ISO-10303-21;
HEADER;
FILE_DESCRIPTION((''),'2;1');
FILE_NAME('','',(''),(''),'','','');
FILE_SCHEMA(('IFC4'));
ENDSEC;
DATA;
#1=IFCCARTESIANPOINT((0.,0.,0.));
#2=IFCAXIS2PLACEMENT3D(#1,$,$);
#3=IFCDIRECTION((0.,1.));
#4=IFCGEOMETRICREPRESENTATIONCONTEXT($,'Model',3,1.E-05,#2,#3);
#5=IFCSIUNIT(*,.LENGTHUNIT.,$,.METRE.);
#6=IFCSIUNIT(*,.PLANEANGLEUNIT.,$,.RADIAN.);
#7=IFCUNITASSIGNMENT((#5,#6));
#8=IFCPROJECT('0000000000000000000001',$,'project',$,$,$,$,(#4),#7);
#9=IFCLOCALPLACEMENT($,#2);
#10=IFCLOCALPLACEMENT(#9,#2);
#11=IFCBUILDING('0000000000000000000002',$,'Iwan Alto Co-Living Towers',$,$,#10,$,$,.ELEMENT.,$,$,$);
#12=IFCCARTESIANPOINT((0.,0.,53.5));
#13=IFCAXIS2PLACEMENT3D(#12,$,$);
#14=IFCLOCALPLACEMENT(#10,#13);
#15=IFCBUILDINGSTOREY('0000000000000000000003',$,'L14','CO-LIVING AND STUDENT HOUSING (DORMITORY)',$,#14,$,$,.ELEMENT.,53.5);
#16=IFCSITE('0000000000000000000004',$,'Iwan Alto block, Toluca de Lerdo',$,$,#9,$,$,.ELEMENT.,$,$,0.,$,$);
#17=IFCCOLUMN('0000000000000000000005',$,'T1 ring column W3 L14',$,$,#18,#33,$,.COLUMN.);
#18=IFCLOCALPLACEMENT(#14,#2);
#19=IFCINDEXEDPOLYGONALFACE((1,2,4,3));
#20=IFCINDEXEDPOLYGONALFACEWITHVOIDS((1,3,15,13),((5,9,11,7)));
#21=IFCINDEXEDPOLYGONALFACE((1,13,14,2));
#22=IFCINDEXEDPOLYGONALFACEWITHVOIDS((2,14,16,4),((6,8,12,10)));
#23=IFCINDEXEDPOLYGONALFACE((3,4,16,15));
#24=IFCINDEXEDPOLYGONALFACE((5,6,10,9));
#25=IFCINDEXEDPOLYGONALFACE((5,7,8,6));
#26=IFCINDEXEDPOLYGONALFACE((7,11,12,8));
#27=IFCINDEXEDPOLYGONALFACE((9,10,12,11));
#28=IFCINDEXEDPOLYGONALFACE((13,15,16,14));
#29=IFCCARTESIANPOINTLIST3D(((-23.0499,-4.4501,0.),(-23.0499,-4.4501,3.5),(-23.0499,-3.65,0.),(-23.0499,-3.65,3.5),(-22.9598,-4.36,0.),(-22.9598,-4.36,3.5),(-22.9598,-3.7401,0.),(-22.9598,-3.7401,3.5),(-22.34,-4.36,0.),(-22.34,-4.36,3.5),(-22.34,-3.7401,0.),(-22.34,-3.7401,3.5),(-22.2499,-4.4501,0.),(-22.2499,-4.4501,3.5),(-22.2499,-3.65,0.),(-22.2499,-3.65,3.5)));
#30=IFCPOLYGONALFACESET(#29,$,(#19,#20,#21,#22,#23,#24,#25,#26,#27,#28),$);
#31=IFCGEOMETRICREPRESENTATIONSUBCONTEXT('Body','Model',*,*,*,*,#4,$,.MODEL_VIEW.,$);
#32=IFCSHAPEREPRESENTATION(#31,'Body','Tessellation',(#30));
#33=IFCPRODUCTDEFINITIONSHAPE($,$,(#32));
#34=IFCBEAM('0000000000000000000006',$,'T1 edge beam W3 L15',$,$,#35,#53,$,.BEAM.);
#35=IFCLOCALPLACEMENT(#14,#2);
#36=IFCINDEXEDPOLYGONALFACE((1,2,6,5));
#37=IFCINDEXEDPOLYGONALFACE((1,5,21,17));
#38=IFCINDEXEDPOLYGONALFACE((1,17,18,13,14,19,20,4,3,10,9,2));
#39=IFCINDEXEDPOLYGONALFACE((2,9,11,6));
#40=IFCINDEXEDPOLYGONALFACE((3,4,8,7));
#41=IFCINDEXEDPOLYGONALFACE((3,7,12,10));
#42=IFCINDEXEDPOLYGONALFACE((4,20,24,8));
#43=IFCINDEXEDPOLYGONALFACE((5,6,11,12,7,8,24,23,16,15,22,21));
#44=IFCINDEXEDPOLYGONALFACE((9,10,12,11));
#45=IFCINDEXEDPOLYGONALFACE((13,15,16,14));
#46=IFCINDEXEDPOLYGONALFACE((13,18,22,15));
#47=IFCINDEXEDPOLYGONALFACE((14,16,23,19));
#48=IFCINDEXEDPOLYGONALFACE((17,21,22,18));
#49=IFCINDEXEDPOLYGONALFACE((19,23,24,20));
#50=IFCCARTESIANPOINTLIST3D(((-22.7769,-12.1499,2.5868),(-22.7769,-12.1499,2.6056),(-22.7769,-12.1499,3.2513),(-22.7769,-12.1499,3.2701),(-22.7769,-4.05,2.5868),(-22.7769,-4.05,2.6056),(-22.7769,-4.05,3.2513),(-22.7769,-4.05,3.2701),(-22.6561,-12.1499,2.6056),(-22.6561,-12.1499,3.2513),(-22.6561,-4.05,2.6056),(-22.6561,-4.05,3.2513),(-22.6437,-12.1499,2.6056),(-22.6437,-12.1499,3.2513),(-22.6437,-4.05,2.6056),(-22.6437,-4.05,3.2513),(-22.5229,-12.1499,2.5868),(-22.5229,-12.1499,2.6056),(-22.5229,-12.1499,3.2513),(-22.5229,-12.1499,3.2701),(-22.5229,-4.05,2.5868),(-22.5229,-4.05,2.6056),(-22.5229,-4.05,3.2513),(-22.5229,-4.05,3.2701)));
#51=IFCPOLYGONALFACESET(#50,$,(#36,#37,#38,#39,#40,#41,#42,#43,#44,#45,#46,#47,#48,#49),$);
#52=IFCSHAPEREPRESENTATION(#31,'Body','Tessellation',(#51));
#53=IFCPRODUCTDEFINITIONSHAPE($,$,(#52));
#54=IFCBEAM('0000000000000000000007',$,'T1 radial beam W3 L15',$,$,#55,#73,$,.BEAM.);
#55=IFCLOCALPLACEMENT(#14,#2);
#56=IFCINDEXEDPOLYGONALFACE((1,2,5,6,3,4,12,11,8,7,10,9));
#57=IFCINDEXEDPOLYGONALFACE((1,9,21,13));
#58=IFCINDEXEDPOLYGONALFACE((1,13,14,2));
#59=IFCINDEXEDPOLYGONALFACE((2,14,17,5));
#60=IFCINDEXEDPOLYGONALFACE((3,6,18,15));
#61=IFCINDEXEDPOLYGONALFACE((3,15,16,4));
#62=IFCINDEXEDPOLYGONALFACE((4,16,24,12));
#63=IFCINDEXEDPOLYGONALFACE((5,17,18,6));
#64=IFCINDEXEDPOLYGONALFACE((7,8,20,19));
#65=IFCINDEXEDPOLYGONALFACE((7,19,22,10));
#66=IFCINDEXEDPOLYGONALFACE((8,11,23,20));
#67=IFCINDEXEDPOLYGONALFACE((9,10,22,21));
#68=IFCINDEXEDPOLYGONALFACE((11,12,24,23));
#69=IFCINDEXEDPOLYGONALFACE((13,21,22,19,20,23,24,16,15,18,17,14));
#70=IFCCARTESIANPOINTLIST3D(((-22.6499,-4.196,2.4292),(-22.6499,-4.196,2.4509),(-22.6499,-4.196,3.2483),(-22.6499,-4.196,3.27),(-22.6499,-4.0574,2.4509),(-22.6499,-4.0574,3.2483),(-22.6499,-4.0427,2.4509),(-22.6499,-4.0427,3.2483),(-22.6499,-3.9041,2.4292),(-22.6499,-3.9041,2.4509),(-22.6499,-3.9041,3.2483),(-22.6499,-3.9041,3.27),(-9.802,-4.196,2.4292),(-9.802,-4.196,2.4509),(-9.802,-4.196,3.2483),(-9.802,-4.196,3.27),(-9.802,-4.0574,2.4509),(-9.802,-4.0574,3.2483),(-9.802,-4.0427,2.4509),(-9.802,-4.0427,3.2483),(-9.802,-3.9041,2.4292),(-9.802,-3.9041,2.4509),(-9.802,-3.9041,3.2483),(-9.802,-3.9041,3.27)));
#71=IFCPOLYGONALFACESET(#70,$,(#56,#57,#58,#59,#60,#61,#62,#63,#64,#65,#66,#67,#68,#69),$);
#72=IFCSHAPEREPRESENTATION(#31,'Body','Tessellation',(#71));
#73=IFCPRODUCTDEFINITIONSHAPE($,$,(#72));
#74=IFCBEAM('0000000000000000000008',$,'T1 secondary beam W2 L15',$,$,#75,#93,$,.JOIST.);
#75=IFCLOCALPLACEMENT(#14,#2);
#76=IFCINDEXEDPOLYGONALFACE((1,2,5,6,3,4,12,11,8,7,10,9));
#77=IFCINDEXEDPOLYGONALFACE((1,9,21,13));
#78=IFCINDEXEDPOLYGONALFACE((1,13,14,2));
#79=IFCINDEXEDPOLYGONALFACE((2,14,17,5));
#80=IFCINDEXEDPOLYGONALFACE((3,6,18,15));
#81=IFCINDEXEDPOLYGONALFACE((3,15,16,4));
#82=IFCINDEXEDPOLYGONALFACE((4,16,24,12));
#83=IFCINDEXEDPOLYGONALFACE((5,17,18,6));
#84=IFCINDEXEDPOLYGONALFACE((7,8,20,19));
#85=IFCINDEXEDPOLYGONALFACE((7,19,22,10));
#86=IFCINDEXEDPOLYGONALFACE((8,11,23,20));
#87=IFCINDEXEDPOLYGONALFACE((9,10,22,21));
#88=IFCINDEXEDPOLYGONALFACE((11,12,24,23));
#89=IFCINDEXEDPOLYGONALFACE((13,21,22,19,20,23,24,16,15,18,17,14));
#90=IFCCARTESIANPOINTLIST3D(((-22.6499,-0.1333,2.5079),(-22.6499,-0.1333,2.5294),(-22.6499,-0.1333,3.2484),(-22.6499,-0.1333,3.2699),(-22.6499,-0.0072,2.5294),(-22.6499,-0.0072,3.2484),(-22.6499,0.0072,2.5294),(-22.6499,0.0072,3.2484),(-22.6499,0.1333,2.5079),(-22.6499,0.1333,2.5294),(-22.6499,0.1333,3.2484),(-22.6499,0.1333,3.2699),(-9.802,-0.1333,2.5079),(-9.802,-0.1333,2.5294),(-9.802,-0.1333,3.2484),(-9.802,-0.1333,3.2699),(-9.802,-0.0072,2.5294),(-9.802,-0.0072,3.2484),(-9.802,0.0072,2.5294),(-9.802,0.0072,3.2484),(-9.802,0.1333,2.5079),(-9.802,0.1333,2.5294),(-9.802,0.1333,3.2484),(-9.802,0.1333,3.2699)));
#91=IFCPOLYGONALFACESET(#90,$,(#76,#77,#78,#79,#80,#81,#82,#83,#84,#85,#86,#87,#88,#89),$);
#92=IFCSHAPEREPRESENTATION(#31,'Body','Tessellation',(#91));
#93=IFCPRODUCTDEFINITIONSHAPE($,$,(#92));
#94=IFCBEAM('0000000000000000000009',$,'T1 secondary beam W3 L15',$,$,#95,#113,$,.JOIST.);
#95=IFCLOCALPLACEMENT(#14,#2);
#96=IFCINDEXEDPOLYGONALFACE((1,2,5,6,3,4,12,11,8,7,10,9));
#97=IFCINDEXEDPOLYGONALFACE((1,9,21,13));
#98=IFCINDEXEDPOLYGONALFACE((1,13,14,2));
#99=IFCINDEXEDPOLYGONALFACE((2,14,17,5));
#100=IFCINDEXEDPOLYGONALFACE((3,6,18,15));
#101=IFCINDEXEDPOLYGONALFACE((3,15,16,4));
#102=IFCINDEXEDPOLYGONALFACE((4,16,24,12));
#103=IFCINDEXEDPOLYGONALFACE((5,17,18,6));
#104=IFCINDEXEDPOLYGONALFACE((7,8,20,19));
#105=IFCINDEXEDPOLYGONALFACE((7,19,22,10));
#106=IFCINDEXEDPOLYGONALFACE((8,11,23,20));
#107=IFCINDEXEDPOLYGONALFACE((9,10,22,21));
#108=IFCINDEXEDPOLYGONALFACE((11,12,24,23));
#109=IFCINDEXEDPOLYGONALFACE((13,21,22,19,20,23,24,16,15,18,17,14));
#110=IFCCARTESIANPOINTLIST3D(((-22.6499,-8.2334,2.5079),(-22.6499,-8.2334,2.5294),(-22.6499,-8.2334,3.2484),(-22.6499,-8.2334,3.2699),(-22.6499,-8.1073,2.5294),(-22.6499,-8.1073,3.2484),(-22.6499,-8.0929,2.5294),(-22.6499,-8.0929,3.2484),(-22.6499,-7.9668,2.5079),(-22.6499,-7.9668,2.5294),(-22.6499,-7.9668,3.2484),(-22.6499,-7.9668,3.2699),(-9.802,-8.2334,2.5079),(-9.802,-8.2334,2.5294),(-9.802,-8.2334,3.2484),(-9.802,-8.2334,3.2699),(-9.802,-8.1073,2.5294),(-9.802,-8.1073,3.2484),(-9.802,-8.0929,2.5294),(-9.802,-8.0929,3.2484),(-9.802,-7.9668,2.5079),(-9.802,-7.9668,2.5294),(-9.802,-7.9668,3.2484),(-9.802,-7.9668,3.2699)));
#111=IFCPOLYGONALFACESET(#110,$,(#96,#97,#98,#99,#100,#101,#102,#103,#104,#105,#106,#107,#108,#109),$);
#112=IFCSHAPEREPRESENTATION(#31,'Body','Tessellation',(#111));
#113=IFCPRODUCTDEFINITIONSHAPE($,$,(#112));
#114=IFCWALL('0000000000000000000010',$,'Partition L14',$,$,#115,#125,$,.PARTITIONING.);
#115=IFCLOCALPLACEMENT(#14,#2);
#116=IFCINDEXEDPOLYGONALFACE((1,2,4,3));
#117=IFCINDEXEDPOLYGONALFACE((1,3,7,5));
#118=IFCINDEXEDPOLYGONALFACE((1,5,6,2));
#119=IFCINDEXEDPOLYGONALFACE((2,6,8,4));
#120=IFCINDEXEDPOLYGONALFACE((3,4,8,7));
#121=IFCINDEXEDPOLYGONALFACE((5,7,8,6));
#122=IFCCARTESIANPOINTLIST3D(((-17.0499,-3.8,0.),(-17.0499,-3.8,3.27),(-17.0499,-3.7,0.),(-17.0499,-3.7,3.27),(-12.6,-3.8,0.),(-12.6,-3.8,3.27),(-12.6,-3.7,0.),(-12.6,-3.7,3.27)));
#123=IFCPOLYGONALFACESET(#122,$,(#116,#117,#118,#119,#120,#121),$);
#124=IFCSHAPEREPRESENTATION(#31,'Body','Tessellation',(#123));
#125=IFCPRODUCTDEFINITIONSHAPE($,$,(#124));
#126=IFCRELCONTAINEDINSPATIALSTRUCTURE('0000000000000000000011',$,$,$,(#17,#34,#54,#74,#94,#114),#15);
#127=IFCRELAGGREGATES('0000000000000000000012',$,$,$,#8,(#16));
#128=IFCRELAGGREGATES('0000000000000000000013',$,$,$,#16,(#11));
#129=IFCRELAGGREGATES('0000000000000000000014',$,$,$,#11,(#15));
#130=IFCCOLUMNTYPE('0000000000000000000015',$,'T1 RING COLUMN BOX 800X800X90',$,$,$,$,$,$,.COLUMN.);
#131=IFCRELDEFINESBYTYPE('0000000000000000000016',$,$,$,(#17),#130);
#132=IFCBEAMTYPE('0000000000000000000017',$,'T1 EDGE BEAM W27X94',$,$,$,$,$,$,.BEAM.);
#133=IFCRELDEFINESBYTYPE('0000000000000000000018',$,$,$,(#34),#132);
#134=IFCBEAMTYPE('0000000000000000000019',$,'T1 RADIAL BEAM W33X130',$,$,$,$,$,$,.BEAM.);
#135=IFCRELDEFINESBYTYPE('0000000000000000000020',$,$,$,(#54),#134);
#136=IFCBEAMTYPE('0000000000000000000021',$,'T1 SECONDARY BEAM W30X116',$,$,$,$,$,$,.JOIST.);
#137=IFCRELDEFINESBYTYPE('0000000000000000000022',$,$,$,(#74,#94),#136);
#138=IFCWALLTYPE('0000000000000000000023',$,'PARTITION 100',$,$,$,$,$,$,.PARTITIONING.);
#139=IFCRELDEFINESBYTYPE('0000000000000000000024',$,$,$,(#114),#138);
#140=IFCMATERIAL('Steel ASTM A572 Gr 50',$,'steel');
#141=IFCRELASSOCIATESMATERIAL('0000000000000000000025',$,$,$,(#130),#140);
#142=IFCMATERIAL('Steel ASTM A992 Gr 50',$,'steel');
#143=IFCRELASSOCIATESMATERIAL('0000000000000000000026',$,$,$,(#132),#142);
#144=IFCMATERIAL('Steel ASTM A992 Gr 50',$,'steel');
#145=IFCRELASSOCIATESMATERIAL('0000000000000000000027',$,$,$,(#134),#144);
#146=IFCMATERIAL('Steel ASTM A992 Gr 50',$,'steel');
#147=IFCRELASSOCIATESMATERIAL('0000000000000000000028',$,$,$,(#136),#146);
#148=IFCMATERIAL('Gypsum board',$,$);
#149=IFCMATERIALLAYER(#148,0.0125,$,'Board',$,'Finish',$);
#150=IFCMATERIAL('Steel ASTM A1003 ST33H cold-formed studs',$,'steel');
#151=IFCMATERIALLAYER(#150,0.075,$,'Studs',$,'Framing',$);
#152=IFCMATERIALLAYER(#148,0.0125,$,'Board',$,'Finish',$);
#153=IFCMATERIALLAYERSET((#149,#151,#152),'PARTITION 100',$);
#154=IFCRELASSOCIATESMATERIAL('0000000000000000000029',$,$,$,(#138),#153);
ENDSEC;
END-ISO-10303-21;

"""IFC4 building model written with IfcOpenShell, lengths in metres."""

from ifc_helpers import new_model, si_unit, direction, frame, frame_2d, origin, origin_2d, place, context, subcontext, project, spatial, rectangle, hollow_rectangle, i_section, extrude, material, layer, layer_set, material_profile, profile_set, type_object, element, save


model = new_model("IFC4")

# Units and contexts
model_context = context("Model", 3, precision=1e-05, world=origin(), true_north=direction((0.0, 1.0)))
body_context = subcontext(model_context, "Body", "Model", "MODEL_VIEW")
ifc_project = project(units=[si_unit("LENGTHUNIT", "METRE"), si_unit("PLANEANGLEUNIT", "RADIAN")], contexts=[model_context])

# Site, building, storey
site_placement = place(None, origin())
site = spatial("IfcSite", under=ifc_project, at=site_placement, Name="Iwan Alto block, Toluca de Lerdo", CompositionType="ELEMENT", RefElevation=0.0)
building_placement = place(site_placement, origin())
building = spatial("IfcBuilding", under=site, at=building_placement, Name="Iwan Alto Co-Living Towers", CompositionType="ELEMENT")
storey_placement = place(building_placement, frame((0.0, 0.0, 53.5)))
storey = spatial("IfcBuildingStorey", under=building, at=storey_placement, Name="L14", Description="CO-LIVING AND STUDENT HOUSING (DORMITORY)", CompositionType="ELEMENT", Elevation=53.5)

# Column
ifc_material_1 = material(Name="Steel ASTM A572 Gr 50", Category="steel")
ifc_material_profile_1 = material_profile(ifc_material_1, hollow_rectangle(XDim=0.8, YDim=0.8, WallThickness=0.0901, at=origin_2d()), Name="BOX 800X800X90")
ifc_profile_set_1 = profile_set([ifc_material_profile_1], Name="Steel ASTM A572 Gr 50")
column_type = type_object("IfcColumnType", Name="T1 RING COLUMN BOX 800X800X90", PredefinedType="COLUMN", material=ifc_profile_set_1)
column_placement = place(storey_placement, frame((-22.6499, -4.05, 0.0), z_axis=(0.0, 0.0, 1.0), x_axis=(1.0, 0.0, 0.0)))
element("IfcColumn", 1, at=column_placement, inside=storey, type_object=column_type, Name="T1 ring column W3 L14", PredefinedType="COLUMN", context=body_context, shape_type="SweptSolid", body=[
    extrude(hollow_rectangle(XDim=0.8, YDim=0.8, WallThickness=0.0901, at=origin_2d()), origin(), (0.0, 0.0, 1.0), 3.5),
])

# Beams
ifc_material_2 = material(Name="Steel ASTM A992 Gr 50", Category="steel")
ifc_material_profile_2 = material_profile(ifc_material_2, i_section(OverallWidth=0.2539, OverallDepth=0.6833, WebThickness=0.0125, FlangeThickness=0.0188, at=origin_2d()), Name="W27X94")
ifc_profile_set_2 = profile_set([ifc_material_profile_2], Name="Steel ASTM A992 Gr 50")
beam_type_1 = type_object("IfcBeamType", Name="T1 EDGE BEAM W27X94", PredefinedType="BEAM", material=ifc_profile_set_2)
beam_1_placement = place(storey_placement, frame((-22.6499, -4.05, 2.9285), z_axis=(0.0, -1.0, 0.0), x_axis=(1.0, 0.0, 0.0)))
element("IfcBeam", 2, at=beam_1_placement, inside=storey, type_object=beam_type_1, Name="T1 edge beam W3 L15", PredefinedType="BEAM", context=body_context, shape_type="SweptSolid", body=[
    extrude(i_section(OverallWidth=0.2539, OverallDepth=0.6833, WebThickness=0.0125, FlangeThickness=0.0188, at=origin_2d()), origin(), (0.0, 0.0, 1.0), 8.0999),
])
ifc_material_3 = material(Name="Steel ASTM A992 Gr 50", Category="steel")
ifc_material_profile_3 = material_profile(ifc_material_3, i_section(OverallWidth=0.292, OverallDepth=0.8408, WebThickness=0.0146, FlangeThickness=0.0217, at=origin_2d()), Name="W33X130")
ifc_profile_set_3 = profile_set([ifc_material_profile_3], Name="Steel ASTM A992 Gr 50")
beam_type_2 = type_object("IfcBeamType", Name="T1 RADIAL BEAM W33X130", PredefinedType="BEAM", material=ifc_profile_set_3)
beam_2_placement = place(storey_placement, frame((-22.6499, -4.05, 2.8496), z_axis=(1.0, 0.0, 0.0), x_axis=(0.0, 1.0, 0.0)))
element("IfcBeam", 3, at=beam_2_placement, inside=storey, type_object=beam_type_2, Name="T1 radial beam W3 L15", PredefinedType="BEAM", context=body_context, shape_type="SweptSolid", body=[
    extrude(i_section(OverallWidth=0.292, OverallDepth=0.8408, WebThickness=0.0146, FlangeThickness=0.0217, at=origin_2d()), origin(), (0.0, 0.0, 1.0), 12.8479),
])
ifc_material_4 = material(Name="Steel ASTM A992 Gr 50", Category="steel")
ifc_material_profile_4 = material_profile(ifc_material_4, i_section(OverallWidth=0.2666, OverallDepth=0.762, WebThickness=0.0144, FlangeThickness=0.0215, at=origin_2d()), Name="W30X116")
ifc_profile_set_4 = profile_set([ifc_material_profile_4], Name="Steel ASTM A992 Gr 50")
beam_type_3 = type_object("IfcBeamType", Name="T1 SECONDARY BEAM W30X116", PredefinedType="JOIST", material=ifc_profile_set_4)
for number, where, z_axis, x_axis, name in (
    (4, (-22.6499, 0.0, 2.8889), (1.0, 0.0, 0.0), (0.0, 1.0, 0.0), "T1 secondary beam W2 L15"),
    (5, (-22.6499, -8.1001, 2.8889), (1.0, 0.0, 0.0), (0.0, 1.0, 0.0), "T1 secondary beam W3 L15"),
):
    element("IfcBeam", number, at=place(storey_placement, frame(where, z_axis=z_axis, x_axis=x_axis)), inside=storey, type_object=beam_type_3, Name=name, PredefinedType="JOIST", context=body_context, shape_type="SweptSolid", body=[
        extrude(i_section(OverallWidth=0.2666, OverallDepth=0.762, WebThickness=0.0144, FlangeThickness=0.0215, at=origin_2d()), origin(), (0.0, 0.0, 1.0), 12.8479),
    ])

# Wall
ifc_material_5 = material(Name="Gypsum board")
ifc_layer_1 = layer(ifc_material_5, 0.0125, Name="Board", Category="Finish")
ifc_material_6 = material(Name="Steel ASTM A1003 ST33H cold-formed studs", Category="steel")
ifc_layer_2 = layer(ifc_material_6, 0.075, Name="Studs", Category="Framing")
ifc_layer_3 = layer(ifc_material_5, 0.0125, Name="Board", Category="Finish")
ifc_layer_set_1 = layer_set([ifc_layer_1, ifc_layer_2, ifc_layer_3], Name="PARTITION 100")
wall_type_1 = type_object("IfcWallType", Name="PARTITION 100", PredefinedType="PARTITIONING", material=ifc_layer_set_1)
wall_1_placement = place(storey_placement, frame((-17.05, -3.75, 0.0), z_axis=(0.0, 0.0, 1.0), x_axis=(1.0, 0.0, 0.0)))
element("IfcWall", 6, at=wall_1_placement, inside=storey, type_object=wall_type_1, Name="Partition L14", PredefinedType="PARTITIONING", context=body_context, shape_type="SweptSolid", body=[
    extrude(rectangle(XDim=4.45, YDim=0.1001, at=frame_2d((2.2251, 0.0))), origin(), (0.0, 0.0, 1.0), 3.27),
])

save(model, "model.ifc")
